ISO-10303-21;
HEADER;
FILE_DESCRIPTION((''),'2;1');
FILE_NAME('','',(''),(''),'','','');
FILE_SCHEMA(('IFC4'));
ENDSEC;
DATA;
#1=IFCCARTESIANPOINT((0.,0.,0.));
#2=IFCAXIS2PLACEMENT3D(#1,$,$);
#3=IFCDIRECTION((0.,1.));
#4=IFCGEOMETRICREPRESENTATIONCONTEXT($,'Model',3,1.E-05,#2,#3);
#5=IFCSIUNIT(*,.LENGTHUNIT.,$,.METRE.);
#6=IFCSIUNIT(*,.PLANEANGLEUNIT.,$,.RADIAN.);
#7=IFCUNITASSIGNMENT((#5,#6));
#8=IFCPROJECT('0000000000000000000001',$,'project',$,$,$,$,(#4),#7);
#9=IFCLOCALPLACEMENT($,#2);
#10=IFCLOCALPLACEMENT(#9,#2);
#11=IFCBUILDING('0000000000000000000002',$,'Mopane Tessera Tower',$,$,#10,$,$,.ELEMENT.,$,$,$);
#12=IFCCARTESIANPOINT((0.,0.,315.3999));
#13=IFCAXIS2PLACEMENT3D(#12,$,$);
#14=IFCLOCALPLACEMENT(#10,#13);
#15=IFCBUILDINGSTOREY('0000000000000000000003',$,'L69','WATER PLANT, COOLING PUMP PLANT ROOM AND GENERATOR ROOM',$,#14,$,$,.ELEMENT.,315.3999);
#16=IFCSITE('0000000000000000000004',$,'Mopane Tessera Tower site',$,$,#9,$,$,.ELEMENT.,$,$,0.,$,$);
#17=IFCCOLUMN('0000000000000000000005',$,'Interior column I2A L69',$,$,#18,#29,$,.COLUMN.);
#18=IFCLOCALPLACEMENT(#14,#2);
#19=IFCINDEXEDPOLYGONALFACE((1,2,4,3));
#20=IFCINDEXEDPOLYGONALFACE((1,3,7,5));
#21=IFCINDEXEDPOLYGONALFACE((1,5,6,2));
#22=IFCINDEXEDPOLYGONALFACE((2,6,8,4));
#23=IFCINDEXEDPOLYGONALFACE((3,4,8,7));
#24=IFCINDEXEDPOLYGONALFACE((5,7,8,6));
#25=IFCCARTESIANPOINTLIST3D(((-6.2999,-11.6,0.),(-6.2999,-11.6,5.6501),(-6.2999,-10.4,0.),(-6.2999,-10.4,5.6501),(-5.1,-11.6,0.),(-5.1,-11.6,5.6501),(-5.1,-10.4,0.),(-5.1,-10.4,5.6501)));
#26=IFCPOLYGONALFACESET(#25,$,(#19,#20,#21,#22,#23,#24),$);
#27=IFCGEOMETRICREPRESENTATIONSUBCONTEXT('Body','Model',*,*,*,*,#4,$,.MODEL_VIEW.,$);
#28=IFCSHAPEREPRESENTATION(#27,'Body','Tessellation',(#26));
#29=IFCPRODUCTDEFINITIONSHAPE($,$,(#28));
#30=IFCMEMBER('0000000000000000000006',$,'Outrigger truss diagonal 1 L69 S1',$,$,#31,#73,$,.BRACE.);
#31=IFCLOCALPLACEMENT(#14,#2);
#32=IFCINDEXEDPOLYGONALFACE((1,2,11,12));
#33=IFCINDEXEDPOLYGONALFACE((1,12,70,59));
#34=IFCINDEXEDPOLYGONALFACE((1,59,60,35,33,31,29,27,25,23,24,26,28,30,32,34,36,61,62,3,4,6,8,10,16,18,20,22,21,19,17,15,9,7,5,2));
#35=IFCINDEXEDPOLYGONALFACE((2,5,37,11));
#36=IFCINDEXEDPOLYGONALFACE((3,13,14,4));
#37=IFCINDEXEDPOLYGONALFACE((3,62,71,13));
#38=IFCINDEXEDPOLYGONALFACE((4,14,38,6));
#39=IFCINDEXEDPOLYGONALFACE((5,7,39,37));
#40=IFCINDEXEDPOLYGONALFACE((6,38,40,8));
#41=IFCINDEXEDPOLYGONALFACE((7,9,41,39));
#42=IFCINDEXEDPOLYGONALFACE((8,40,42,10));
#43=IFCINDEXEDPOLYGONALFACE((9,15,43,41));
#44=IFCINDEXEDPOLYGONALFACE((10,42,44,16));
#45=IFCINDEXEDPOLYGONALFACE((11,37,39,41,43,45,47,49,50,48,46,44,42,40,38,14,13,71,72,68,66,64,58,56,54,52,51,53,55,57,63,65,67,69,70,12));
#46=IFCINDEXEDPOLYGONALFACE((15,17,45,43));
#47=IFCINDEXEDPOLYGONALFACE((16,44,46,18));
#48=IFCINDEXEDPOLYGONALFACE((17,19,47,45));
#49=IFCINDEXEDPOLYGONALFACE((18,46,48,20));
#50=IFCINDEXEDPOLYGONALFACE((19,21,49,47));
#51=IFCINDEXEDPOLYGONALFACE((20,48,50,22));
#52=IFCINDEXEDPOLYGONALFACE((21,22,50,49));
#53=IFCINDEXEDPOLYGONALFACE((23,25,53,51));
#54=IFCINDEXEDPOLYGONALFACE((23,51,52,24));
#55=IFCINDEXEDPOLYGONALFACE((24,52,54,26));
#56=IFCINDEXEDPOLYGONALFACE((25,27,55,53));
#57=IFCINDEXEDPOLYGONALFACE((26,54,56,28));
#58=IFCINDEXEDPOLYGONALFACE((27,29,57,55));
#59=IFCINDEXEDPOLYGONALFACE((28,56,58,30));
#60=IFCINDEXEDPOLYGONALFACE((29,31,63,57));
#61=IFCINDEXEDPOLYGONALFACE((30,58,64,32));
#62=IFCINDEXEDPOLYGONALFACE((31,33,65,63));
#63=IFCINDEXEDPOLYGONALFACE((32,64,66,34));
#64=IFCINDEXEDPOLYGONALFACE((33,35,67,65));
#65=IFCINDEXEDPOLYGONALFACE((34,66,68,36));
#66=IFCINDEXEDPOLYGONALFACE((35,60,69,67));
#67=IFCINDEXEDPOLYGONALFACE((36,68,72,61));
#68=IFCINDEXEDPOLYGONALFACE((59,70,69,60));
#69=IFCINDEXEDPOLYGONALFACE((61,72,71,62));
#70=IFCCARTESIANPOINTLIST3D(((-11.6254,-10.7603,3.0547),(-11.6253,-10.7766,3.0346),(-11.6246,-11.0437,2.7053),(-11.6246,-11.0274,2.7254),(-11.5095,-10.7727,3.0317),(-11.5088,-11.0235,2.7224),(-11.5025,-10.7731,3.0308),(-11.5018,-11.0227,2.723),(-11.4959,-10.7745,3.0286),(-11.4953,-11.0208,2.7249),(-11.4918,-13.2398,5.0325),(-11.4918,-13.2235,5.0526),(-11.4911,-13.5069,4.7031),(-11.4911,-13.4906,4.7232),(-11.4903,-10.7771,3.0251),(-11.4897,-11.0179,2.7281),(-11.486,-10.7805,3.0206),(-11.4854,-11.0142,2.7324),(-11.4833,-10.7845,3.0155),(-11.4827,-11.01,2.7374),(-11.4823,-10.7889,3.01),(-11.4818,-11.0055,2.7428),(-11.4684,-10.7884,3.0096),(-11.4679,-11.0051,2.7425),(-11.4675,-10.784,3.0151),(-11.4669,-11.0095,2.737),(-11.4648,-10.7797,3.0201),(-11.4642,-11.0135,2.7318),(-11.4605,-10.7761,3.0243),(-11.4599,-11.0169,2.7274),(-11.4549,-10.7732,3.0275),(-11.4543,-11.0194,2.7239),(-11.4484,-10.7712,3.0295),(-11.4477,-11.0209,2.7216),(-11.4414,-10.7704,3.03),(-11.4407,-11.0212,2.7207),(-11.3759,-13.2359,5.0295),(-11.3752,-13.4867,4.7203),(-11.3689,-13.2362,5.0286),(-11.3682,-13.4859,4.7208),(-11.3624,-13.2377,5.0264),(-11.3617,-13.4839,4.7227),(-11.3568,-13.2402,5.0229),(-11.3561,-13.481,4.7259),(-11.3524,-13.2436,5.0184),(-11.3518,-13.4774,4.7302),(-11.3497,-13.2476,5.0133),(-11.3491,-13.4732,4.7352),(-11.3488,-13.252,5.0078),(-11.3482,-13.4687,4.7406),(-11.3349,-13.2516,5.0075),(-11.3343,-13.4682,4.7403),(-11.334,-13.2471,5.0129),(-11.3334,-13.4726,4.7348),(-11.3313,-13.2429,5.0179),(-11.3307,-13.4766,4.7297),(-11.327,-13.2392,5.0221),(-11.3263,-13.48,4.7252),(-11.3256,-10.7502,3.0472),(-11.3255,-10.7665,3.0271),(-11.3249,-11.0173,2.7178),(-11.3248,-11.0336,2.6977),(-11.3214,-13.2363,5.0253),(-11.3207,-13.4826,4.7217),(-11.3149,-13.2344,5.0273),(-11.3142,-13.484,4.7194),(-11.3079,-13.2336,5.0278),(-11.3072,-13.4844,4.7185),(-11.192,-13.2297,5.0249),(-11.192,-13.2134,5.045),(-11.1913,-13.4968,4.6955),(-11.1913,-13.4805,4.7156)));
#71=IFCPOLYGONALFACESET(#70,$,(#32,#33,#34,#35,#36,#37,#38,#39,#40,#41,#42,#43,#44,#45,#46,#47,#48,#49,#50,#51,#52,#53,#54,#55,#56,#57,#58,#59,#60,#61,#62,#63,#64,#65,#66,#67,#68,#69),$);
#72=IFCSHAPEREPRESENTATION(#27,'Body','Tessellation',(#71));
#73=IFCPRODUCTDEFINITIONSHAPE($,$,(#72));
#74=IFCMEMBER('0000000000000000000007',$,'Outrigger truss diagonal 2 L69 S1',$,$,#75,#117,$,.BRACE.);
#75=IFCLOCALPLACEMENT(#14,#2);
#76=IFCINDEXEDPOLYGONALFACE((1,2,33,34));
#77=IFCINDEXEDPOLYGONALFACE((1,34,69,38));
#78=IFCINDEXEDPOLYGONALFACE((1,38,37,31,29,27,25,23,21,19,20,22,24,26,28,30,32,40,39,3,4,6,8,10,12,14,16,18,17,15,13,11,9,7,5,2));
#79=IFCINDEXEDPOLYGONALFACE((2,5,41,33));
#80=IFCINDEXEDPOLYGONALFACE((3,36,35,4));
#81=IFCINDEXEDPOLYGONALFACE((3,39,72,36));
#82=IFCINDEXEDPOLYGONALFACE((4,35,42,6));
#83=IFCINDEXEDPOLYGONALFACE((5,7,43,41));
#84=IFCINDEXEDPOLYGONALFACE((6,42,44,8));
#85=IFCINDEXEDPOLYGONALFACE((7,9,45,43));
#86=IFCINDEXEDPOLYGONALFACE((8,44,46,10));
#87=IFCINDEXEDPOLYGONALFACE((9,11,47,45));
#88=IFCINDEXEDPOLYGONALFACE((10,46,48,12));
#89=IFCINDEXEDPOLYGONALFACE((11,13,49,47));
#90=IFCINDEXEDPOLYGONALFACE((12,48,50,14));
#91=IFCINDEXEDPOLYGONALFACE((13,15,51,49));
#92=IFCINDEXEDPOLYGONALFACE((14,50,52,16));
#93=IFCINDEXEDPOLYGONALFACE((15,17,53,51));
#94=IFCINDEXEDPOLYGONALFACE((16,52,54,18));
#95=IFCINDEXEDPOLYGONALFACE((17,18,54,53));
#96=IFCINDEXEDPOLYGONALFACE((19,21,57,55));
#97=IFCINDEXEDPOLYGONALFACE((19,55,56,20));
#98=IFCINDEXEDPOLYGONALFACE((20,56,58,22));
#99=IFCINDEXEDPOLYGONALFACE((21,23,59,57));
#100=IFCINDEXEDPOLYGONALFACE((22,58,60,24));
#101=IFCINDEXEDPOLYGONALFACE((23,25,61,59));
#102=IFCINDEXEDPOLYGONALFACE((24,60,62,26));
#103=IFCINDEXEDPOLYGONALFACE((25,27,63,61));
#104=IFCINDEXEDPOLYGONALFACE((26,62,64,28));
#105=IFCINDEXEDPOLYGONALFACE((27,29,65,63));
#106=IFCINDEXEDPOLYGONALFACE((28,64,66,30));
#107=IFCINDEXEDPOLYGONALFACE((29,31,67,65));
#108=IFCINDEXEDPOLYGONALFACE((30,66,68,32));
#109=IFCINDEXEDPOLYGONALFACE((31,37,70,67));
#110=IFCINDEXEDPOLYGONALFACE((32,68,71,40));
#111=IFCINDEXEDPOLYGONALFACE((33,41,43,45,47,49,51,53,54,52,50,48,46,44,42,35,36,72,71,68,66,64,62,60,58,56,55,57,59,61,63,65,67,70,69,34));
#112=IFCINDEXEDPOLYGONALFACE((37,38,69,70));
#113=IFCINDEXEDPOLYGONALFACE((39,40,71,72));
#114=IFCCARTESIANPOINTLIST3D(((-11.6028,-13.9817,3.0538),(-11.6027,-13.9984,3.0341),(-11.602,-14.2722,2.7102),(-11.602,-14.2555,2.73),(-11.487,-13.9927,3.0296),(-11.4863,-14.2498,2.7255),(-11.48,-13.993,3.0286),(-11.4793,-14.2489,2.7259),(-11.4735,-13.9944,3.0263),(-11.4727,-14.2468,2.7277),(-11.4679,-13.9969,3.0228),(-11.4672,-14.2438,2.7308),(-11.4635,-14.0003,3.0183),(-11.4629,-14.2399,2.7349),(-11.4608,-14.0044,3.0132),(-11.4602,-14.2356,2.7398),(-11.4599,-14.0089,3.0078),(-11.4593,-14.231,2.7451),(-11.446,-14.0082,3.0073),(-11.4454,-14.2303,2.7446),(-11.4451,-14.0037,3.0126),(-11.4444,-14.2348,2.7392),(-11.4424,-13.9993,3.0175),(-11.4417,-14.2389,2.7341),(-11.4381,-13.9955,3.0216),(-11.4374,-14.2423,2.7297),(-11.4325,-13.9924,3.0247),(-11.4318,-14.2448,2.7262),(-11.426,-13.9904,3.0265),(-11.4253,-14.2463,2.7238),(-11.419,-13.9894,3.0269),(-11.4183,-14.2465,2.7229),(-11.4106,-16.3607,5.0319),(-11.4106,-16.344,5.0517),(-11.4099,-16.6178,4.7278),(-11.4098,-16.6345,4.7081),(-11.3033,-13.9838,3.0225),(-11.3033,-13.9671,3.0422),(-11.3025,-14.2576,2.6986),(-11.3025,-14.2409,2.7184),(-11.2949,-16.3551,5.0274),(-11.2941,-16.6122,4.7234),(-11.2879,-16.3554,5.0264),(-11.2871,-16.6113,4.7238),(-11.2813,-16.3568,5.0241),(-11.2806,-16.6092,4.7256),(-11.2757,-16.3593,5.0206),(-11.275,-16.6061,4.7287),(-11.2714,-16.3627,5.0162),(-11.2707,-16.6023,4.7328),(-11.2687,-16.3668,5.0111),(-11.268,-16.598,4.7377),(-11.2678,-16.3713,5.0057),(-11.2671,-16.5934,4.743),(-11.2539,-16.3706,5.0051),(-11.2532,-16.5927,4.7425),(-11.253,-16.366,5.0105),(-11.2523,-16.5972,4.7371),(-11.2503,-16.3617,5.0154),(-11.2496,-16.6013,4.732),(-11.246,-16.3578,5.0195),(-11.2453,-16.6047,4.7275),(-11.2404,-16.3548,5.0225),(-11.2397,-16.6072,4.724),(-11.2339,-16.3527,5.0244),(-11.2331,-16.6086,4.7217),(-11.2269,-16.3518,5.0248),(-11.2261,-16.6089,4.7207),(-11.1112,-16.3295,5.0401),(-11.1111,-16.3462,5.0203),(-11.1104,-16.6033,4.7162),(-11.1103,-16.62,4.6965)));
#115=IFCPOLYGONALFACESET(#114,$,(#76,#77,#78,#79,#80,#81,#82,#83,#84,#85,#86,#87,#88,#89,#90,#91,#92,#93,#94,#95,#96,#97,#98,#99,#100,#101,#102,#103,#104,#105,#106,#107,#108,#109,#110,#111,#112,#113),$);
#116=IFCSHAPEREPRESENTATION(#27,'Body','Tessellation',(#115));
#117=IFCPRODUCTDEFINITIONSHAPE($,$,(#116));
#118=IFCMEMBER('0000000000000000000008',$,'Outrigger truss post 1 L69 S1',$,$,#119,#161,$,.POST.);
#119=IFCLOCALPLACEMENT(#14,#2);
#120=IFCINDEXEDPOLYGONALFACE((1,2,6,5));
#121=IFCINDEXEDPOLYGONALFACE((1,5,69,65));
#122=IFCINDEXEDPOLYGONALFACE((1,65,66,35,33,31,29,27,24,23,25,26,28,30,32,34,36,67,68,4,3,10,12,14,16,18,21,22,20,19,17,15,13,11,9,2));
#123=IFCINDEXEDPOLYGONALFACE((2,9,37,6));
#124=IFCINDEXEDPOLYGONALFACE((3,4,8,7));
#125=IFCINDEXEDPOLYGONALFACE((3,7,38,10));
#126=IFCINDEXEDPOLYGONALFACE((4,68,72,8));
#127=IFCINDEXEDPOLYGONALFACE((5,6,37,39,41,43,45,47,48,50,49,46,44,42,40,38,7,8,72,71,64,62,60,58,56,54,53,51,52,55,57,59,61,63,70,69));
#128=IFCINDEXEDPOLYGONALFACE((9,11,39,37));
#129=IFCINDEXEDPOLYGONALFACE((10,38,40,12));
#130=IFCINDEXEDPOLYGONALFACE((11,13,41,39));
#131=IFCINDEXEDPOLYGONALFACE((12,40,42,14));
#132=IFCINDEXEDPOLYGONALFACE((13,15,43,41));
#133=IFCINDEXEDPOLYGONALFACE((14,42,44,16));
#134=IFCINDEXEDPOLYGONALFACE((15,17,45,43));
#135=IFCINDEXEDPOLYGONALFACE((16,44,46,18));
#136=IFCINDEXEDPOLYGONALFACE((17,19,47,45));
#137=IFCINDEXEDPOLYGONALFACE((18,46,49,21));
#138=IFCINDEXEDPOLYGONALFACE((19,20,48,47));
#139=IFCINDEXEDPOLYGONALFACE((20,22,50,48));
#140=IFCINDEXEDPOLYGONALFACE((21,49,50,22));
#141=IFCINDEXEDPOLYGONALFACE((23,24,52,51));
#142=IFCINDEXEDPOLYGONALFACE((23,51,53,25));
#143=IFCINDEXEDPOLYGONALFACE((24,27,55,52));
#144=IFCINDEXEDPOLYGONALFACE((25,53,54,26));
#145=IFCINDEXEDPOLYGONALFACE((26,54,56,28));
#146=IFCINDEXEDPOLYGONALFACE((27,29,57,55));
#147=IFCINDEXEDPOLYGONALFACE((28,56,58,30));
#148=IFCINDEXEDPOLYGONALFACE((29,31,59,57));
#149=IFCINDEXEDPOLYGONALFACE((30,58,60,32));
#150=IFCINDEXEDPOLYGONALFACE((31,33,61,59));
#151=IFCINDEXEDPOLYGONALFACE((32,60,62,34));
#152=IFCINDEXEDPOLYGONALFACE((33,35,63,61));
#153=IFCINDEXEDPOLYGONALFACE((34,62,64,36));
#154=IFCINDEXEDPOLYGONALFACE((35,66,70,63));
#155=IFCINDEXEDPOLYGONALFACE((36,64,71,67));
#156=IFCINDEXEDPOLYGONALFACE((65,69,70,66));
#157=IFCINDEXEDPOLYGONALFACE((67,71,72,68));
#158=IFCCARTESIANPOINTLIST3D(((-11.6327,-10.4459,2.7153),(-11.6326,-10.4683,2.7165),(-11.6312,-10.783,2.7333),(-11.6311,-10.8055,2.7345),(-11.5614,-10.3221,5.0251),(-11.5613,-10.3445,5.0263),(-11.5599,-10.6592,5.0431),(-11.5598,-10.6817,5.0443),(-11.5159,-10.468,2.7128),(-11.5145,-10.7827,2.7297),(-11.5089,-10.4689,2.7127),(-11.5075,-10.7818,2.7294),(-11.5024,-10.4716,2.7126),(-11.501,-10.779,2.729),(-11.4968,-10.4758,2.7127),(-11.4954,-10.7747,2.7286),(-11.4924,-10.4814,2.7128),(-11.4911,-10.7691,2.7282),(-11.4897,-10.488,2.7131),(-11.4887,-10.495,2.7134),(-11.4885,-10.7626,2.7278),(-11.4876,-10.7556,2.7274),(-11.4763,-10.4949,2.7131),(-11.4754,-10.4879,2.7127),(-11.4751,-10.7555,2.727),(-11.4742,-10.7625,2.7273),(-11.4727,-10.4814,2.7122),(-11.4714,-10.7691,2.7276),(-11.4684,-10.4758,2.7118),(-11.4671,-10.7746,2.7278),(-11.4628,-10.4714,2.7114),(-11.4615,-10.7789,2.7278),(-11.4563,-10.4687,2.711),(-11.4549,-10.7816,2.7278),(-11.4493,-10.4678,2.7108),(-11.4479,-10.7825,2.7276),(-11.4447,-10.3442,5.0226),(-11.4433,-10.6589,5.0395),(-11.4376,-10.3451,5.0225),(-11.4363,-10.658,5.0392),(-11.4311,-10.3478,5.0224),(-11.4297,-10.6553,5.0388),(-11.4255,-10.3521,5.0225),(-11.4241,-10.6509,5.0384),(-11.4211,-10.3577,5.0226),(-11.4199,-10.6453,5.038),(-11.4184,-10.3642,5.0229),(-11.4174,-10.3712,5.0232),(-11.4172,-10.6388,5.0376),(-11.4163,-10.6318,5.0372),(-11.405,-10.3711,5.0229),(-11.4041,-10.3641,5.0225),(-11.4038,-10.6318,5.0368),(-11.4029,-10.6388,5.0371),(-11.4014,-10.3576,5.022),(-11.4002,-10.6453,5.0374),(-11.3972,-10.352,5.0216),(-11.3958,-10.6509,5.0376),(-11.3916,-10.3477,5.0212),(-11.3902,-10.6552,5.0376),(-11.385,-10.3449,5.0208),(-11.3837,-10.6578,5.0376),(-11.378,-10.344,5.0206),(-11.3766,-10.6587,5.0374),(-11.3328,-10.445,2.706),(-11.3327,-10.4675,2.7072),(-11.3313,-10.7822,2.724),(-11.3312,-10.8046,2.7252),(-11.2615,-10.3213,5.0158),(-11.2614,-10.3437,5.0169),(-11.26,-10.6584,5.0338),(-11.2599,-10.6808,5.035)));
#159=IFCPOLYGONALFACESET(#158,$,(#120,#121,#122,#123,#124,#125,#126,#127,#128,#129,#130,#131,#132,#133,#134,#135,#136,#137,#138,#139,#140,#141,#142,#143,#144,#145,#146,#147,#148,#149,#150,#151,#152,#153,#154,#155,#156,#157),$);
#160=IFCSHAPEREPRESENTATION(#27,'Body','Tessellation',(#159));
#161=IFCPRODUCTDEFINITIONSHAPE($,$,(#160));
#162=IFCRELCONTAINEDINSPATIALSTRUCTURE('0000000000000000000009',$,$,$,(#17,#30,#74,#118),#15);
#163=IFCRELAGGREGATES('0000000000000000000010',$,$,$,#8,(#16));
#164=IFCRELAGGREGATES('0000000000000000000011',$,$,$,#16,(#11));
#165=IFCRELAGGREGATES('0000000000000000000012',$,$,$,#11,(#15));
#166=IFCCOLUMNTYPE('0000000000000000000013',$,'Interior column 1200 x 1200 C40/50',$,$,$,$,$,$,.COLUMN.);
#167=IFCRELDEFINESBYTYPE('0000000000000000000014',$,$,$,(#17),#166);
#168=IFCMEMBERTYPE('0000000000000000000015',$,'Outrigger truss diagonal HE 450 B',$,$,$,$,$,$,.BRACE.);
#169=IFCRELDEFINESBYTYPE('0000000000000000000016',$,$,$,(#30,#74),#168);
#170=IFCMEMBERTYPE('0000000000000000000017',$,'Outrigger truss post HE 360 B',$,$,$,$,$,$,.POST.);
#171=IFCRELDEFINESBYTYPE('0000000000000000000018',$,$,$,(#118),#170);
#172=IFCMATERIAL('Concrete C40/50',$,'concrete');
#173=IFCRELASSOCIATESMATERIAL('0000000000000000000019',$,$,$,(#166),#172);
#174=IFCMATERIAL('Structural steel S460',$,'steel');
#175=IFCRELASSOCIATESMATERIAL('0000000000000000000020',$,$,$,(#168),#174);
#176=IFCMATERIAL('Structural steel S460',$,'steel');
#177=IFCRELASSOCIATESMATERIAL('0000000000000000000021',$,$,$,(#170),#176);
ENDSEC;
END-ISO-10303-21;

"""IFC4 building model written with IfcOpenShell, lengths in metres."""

from ifc_helpers import new_model, si_unit, direction, frame, origin, origin_2d, place, context, subcontext, project, spatial, rectangle, i_section, extrude, material, material_profile, profile_set, type_object, element, save


model = new_model("IFC4")

# Units and contexts
model_context = context("Model", 3, precision=1e-05, world=origin(), true_north=direction((0.0, 1.0)))
body_context = subcontext(model_context, "Body", "Model", "MODEL_VIEW")
ifc_project = project(units=[si_unit("LENGTHUNIT", "METRE"), si_unit("PLANEANGLEUNIT", "RADIAN")], contexts=[model_context])

# Site, building, storey
site_placement = place(None, origin())
site = spatial("IfcSite", under=ifc_project, at=site_placement, Name="Mopane Tessera Tower site", CompositionType="ELEMENT", RefElevation=0.0)
building_placement = place(site_placement, origin())
building = spatial("IfcBuilding", under=site, at=building_placement, Name="Mopane Tessera Tower", CompositionType="ELEMENT")
storey_placement = place(building_placement, frame((0.0, 0.0, 315.3999)))
storey = spatial("IfcBuildingStorey", under=building, at=storey_placement, Name="L69", Description="WATER PLANT, COOLING PUMP PLANT ROOM AND GENERATOR ROOM", CompositionType="ELEMENT", Elevation=315.3999)

# Column
ifc_material_1 = material(Name="Concrete C40/50", Category="concrete")
ifc_material_profile_1 = material_profile(ifc_material_1, rectangle(XDim=1.2, YDim=1.2, at=origin_2d()))
ifc_profile_set_1 = profile_set([ifc_material_profile_1], Name="Concrete C40/50")
column_type = type_object("IfcColumnType", Name="Interior column 1200 x 1200 C40/50", PredefinedType="COLUMN", material=ifc_profile_set_1)
column_placement = place(storey_placement, frame((-5.7, -11.0, 0.0), z_axis=(0.0, 0.0, 1.0), x_axis=(1.0, 0.0, 0.0)))
element("IfcColumn", 1, at=column_placement, inside=storey, type_object=column_type, Name="Interior column I2A L69", PredefinedType="COLUMN", context=body_context, shape_type="SweptSolid", body=[
    extrude(rectangle(XDim=1.2, YDim=1.2, at=origin_2d()), origin(), (0.0, 0.0, 1.0), 5.6501),
])

# Members
ifc_material_2 = material(Name="Structural steel S460", Category="steel")
ifc_material_profile_2 = material_profile(ifc_material_2, i_section(OverallWidth=0.3, OverallDepth=0.45, WebThickness=0.0139, FlangeThickness=0.0259, FilletRadius=0.0271, at=origin_2d()))
ifc_profile_set_2 = profile_set([ifc_material_profile_2], Name="Structural steel S460")
member_type_1 = type_object("IfcMemberType", Name="Outrigger truss diagonal HE 450 B", PredefinedType="BRACE", material=ifc_profile_set_2)
member_1_placement = place(storey_placement, frame((-11.4751, -10.897, 2.8762), z_axis=(0.042071, -0.775965, 0.629371), x_axis=(0.999113, 0.033756, -0.025168)))
element("IfcMember", 2, at=member_1_placement, inside=storey, type_object=member_type_1, Name="Outrigger truss diagonal 1 L69 S1", PredefinedType="BRACE", context=body_context, shape_type="SweptSolid", body=[
    extrude(i_section(OverallWidth=0.3, OverallDepth=0.45, WebThickness=0.0139, FlangeThickness=0.0259, FilletRadius=0.0271, at=origin_2d()), origin(), (0.0, 0.0, 1.0), 3.1743),
])
member_2_placement = place(storey_placement, frame((-11.4526, -14.1196, 2.8762), z_axis=(0.061985, -0.762089, 0.644499), x_axis=(0.998075, 0.048521, -0.038616)))
element("IfcMember", 3, at=member_2_placement, inside=storey, type_object=member_type_1, Name="Outrigger truss diagonal 2 L69 S1", PredefinedType="BRACE", context=body_context, shape_type="SweptSolid", body=[
    extrude(i_section(OverallWidth=0.3, OverallDepth=0.45, WebThickness=0.0139, FlangeThickness=0.0259, FilletRadius=0.0271, at=origin_2d()), origin(), (0.0, 0.0, 1.0), 3.0999),
])
ifc_material_3 = material(Name="Structural steel S460", Category="steel")
ifc_material_profile_3 = material_profile(ifc_material_3, i_section(OverallWidth=0.3, OverallDepth=0.3601, WebThickness=0.0125, FlangeThickness=0.0225, FilletRadius=0.0271, at=origin_2d()))
ifc_profile_set_3 = profile_set([ifc_material_profile_3], Name="Structural steel S460")
member_type_2 = type_object("IfcMemberType", Name="Outrigger truss post HE 360 B", PredefinedType="POST", material=ifc_profile_set_3)
member_3_placement = place(storey_placement, frame((-11.4819, -10.6252, 2.7202), z_axis=(0.030805, 0.053486, 0.998093), x_axis=(0.999516, 0.002766, -0.030997)))
element("IfcMember", 4, at=member_3_placement, inside=storey, type_object=member_type_2, Name="Outrigger truss post 1 L69 S1", PredefinedType="POST", context=body_context, shape_type="SweptSolid", body=[
    extrude(i_section(OverallWidth=0.3, OverallDepth=0.3601, WebThickness=0.0125, FlangeThickness=0.0225, FilletRadius=0.0271, at=origin_2d()), origin(), (0.0, 0.0, 1.0), 2.3142),
])

save(model, "model.ifc")
